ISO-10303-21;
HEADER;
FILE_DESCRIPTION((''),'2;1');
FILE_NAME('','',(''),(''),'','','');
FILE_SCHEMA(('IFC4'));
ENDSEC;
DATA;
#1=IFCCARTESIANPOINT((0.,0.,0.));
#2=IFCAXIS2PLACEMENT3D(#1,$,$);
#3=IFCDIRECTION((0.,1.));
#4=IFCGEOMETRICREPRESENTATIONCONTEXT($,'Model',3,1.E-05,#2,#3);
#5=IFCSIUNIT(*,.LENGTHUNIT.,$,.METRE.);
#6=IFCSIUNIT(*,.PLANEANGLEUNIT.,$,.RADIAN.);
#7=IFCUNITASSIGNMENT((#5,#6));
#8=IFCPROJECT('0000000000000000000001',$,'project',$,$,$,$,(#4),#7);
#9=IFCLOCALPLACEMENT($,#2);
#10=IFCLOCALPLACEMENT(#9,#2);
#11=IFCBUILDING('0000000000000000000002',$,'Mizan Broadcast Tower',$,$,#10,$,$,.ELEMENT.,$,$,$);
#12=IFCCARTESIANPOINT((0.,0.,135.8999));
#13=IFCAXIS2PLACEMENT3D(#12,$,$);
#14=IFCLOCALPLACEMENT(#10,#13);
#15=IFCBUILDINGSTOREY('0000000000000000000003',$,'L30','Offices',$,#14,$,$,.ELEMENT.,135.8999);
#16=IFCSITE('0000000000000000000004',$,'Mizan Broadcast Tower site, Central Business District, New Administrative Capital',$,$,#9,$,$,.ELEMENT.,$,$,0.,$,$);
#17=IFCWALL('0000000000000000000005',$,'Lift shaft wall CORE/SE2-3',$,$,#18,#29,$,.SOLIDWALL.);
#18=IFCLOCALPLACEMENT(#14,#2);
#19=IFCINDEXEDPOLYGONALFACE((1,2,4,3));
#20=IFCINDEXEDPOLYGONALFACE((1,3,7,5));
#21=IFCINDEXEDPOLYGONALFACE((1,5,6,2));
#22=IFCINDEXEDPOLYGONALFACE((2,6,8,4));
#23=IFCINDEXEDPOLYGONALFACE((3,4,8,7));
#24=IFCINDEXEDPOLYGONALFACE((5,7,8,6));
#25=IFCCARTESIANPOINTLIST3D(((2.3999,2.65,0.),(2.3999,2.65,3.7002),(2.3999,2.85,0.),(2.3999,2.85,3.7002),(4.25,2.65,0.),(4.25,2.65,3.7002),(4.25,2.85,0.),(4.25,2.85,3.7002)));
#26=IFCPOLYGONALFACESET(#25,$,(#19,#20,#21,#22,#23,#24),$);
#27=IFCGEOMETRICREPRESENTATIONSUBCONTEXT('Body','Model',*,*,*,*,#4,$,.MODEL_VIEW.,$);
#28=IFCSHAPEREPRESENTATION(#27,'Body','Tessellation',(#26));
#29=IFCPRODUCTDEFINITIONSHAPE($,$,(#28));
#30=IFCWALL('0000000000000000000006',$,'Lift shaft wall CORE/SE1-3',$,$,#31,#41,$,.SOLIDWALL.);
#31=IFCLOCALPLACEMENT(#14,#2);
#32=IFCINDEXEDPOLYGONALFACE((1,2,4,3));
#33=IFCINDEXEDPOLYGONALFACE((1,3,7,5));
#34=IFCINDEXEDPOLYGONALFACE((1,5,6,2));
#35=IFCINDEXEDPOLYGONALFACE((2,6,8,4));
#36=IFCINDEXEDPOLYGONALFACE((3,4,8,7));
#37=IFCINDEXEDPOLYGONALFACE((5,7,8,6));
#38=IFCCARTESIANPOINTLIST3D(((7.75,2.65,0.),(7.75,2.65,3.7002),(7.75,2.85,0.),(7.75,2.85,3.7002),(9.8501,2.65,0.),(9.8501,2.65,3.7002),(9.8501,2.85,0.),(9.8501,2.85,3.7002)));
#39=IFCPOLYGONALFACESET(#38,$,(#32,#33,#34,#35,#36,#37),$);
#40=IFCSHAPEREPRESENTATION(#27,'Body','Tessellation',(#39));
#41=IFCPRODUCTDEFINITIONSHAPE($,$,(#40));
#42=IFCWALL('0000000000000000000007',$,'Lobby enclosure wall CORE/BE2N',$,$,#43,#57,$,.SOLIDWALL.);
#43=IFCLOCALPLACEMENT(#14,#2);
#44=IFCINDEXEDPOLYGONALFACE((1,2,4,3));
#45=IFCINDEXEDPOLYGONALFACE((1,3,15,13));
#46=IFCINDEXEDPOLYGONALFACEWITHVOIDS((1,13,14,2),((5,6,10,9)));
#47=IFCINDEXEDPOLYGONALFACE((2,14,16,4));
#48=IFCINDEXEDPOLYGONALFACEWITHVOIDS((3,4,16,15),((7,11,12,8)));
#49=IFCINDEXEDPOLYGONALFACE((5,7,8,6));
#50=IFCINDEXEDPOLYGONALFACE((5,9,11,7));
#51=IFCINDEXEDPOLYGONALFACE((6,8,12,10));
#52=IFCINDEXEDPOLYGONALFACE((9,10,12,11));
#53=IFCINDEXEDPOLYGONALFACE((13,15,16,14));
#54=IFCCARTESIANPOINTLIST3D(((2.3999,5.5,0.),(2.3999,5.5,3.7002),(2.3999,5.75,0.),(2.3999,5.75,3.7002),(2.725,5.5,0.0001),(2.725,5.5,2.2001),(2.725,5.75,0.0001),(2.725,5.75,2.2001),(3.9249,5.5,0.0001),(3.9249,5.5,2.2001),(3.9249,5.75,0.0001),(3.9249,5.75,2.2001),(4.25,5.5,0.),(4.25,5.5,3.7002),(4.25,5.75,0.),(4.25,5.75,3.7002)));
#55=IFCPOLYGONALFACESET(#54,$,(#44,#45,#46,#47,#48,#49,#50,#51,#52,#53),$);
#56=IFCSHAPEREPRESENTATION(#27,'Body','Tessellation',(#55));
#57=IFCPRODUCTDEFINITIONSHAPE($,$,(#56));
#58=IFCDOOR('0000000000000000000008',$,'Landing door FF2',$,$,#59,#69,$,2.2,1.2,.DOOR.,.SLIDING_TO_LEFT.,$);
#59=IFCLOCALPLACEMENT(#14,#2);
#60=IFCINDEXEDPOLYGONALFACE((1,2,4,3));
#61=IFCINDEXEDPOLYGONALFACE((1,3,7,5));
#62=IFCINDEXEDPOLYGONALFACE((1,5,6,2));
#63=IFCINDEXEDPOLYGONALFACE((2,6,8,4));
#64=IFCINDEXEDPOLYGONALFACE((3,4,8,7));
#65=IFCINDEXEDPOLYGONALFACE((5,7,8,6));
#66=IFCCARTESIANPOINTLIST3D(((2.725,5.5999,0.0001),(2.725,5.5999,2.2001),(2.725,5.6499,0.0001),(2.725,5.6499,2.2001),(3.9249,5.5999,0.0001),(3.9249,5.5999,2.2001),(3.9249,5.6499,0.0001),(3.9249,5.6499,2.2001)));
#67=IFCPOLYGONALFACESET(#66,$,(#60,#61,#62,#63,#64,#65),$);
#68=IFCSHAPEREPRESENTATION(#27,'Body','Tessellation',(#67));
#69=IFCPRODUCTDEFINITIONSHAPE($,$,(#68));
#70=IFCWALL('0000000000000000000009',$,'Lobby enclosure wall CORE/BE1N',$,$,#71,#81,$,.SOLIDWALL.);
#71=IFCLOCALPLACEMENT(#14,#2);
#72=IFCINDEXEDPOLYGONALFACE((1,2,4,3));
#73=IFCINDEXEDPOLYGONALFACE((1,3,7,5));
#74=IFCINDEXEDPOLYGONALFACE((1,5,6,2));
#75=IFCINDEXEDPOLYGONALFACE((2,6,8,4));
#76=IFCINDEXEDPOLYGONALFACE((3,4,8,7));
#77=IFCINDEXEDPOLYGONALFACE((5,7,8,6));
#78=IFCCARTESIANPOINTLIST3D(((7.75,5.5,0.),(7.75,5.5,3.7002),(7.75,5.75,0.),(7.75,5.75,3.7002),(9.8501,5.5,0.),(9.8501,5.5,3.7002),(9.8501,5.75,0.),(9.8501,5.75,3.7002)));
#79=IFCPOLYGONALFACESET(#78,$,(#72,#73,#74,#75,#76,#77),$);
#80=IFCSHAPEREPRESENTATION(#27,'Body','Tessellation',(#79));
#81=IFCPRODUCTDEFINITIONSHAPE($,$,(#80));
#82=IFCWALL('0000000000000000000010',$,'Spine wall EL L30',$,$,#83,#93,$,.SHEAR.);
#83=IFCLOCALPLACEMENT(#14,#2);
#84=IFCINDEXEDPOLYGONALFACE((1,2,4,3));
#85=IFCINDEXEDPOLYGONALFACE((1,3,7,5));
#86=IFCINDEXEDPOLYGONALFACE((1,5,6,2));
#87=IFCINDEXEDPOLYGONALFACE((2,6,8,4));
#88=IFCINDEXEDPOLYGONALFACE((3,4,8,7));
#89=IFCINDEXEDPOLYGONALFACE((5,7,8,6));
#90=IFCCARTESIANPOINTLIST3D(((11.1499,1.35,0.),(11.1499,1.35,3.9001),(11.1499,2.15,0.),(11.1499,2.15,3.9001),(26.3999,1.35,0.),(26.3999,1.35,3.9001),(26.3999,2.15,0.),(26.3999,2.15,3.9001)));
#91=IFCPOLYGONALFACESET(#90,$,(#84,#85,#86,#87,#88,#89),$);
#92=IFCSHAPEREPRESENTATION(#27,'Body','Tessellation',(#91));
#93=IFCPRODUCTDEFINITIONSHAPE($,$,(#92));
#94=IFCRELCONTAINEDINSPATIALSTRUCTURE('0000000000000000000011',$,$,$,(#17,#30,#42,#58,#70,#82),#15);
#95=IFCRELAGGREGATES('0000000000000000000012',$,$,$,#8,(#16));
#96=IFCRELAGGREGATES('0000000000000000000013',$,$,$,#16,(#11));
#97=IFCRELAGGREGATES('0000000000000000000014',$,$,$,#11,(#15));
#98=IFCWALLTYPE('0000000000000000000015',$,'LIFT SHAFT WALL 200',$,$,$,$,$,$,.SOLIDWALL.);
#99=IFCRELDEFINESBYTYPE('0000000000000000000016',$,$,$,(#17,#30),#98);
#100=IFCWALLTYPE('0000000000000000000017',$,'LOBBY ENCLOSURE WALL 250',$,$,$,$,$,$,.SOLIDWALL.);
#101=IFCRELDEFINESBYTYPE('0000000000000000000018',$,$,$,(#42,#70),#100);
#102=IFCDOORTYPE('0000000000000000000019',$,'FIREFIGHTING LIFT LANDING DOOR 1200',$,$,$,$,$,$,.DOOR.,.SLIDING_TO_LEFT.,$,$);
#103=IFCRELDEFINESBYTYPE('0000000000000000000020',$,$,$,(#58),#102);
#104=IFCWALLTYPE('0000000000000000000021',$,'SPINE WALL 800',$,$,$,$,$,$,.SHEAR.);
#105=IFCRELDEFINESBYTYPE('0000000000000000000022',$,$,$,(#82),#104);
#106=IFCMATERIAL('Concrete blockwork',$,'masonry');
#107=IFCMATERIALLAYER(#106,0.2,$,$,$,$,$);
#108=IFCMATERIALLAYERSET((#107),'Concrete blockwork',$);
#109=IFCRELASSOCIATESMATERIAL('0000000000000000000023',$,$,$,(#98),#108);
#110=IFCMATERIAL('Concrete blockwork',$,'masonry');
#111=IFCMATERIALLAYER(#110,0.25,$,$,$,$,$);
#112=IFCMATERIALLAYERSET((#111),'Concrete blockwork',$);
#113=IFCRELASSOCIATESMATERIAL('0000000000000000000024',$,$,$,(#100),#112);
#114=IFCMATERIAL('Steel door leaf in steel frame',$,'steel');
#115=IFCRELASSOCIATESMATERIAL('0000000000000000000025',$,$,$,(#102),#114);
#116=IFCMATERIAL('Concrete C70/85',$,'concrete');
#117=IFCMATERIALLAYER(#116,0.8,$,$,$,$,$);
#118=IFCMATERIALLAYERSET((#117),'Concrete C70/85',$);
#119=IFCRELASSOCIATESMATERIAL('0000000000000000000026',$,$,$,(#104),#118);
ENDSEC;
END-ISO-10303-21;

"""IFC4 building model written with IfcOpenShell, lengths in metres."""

from ifc_helpers import new_model, si_unit, direction, frame, frame_2d, origin, place, context, subcontext, project, spatial, rectangle, extrude, material, layer, layer_set, type_object, element, fill, save


model = new_model("IFC4")

# Units and contexts
model_context = context("Model", 3, precision=1e-05, world=origin(), true_north=direction((0.0, 1.0)))
body_context = subcontext(model_context, "Body", "Model", "MODEL_VIEW")
ifc_project = project(units=[si_unit("LENGTHUNIT", "METRE"), si_unit("PLANEANGLEUNIT", "RADIAN")], contexts=[model_context])

# Site, building, storey
site_placement = place(None, origin())
site = spatial("IfcSite", under=ifc_project, at=site_placement, Name="Mizan Broadcast Tower site, Central Business District, New Administrative Capital", CompositionType="ELEMENT", RefElevation=0.0)
building_placement = place(site_placement, origin())
building = spatial("IfcBuilding", under=site, at=building_placement, Name="Mizan Broadcast Tower", CompositionType="ELEMENT")
storey_placement = place(building_placement, frame((0.0, 0.0, 135.8999)))
storey = spatial("IfcBuildingStorey", under=building, at=storey_placement, Name="L30", Description="Offices", CompositionType="ELEMENT", Elevation=135.8999)

# Walls
ifc_material_1 = material(Name="Concrete blockwork", Category="masonry")
ifc_layer_1 = layer(ifc_material_1, 0.2)
ifc_layer_set_1 = layer_set([ifc_layer_1], Name="Concrete blockwork")
wall_type_1 = type_object("IfcWallType", Name="LIFT SHAFT WALL 200", PredefinedType="SOLIDWALL", material=ifc_layer_set_1)
wall_1_placement = place(storey_placement, frame((2.3999, 2.75, 0.0), z_axis=(0.0, 0.0, 1.0), x_axis=(1.0, 0.0, 0.0)))
element("IfcWall", 1, at=wall_1_placement, inside=storey, type_object=wall_type_1, Name="Lift shaft wall CORE/SE2-3", PredefinedType="SOLIDWALL", context=body_context, shape_type="SweptSolid", body=[
    extrude(rectangle(XDim=1.8501, YDim=0.2, at=frame_2d((0.925, 0.0))), origin(), (0.0, 0.0, 1.0), 3.7002),
])
wall_2_placement = place(storey_placement, frame((7.75, 2.75, 0.0), z_axis=(0.0, 0.0, 1.0), x_axis=(1.0, 0.0, 0.0)))
element("IfcWall", 2, at=wall_2_placement, inside=storey, type_object=wall_type_1, Name="Lift shaft wall CORE/SE1-3", PredefinedType="SOLIDWALL", context=body_context, shape_type="SweptSolid", body=[
    extrude(rectangle(XDim=2.1001, YDim=0.2, at=frame_2d((1.05, 0.0))), origin(), (0.0, 0.0, 1.0), 3.7002),
])

# Wall, opening, door
ifc_material_2 = material(Name="Concrete blockwork", Category="masonry")
ifc_layer_2 = layer(ifc_material_2, 0.25)
ifc_layer_set_2 = layer_set([ifc_layer_2], Name="Concrete blockwork")
wall_type_2 = type_object("IfcWallType", Name="LOBBY ENCLOSURE WALL 250", PredefinedType="SOLIDWALL", material=ifc_layer_set_2)
wall_3_placement = place(storey_placement, frame((2.3999, 5.625, 0.0), z_axis=(0.0, 0.0, 1.0), x_axis=(1.0, 0.0, 0.0)))
wall_3 = element("IfcWall", 3, at=wall_3_placement, inside=storey, type_object=wall_type_2, Name="Lobby enclosure wall CORE/BE2N", PredefinedType="SOLIDWALL", context=body_context, shape_type="SweptSolid", body=[
    extrude(rectangle(XDim=1.8501, YDim=0.25, at=frame_2d((0.925, 0.0))), origin(), (0.0, 0.0, 1.0), 3.7002),
])
opening_1_placement = place(wall_3_placement, frame((0.325, 0.0, 0.0)))
opening_1 = element("IfcOpeningElement", 4, at=opening_1_placement, cuts=wall_3, PredefinedType="OPENING", context=body_context, shape_type="SweptSolid", body=[
    extrude(rectangle(XDim=1.2, YDim=2.2, at=frame_2d((0.6001, 1.1001))), frame((0.0, 0.135, 0.0), z_axis=(0.0, -1.0, 0.0), x_axis=(1.0, 0.0, 0.0)), (0.0, 0.0, 1.0), 0.27),
])
ifc_material_3 = material(Name="Steel door leaf in steel frame", Category="steel")
door_type_1 = type_object("IfcDoorType", Name="FIREFIGHTING LIFT LANDING DOOR 1200", OperationType="SLIDING_TO_LEFT", PredefinedType="DOOR", material=ifc_material_3)
door_1_placement = place(opening_1_placement, origin())
door_1 = element("IfcDoor", 5, at=door_1_placement, inside=storey, type_object=door_type_1, Name="Landing door FF2", OperationType="SLIDING_TO_LEFT", OverallHeight=2.2, OverallWidth=1.2, PredefinedType="DOOR", context=body_context, shape_type="SweptSolid", body=[
    extrude(rectangle(XDim=1.2, YDim=2.2, at=frame_2d((0.6001, 1.1001))), frame((0.0, 0.0249, 0.0), z_axis=(0.0, -1.0, 0.0), x_axis=(1.0, 0.0, 0.0)), (0.0, 0.0, 1.0), 0.05),
])
fill(opening_1, door_1)

# Walls
wall_4_placement = place(storey_placement, frame((7.75, 5.625, 0.0), z_axis=(0.0, 0.0, 1.0), x_axis=(1.0, 0.0, 0.0)))
element("IfcWall", 6, at=wall_4_placement, inside=storey, type_object=wall_type_2, Name="Lobby enclosure wall CORE/BE1N", PredefinedType="SOLIDWALL", context=body_context, shape_type="SweptSolid", body=[
    extrude(rectangle(XDim=2.1001, YDim=0.25, at=frame_2d((1.05, 0.0))), origin(), (0.0, 0.0, 1.0), 3.7002),
])
ifc_material_4 = material(Name="Concrete C70/85", Category="concrete")
ifc_layer_3 = layer(ifc_material_4, 0.8)
ifc_layer_set_3 = layer_set([ifc_layer_3], Name="Concrete C70/85")
wall_type_3 = type_object("IfcWallType", Name="SPINE WALL 800", PredefinedType="SHEAR", material=ifc_layer_set_3)
wall_5_placement = place(storey_placement, frame((11.1499, 1.75, 0.0), z_axis=(0.0, 0.0, 1.0), x_axis=(1.0, 0.0, 0.0)))
element("IfcWall", 7, at=wall_5_placement, inside=storey, type_object=wall_type_3, Name="Spine wall EL L30", PredefinedType="SHEAR", context=body_context, shape_type="SweptSolid", body=[
    extrude(rectangle(XDim=15.25, YDim=0.8, at=frame_2d((7.625, 0.0))), origin(), (0.0, 0.0, 1.0), 3.9001),
])

save(model, "model.ifc")
